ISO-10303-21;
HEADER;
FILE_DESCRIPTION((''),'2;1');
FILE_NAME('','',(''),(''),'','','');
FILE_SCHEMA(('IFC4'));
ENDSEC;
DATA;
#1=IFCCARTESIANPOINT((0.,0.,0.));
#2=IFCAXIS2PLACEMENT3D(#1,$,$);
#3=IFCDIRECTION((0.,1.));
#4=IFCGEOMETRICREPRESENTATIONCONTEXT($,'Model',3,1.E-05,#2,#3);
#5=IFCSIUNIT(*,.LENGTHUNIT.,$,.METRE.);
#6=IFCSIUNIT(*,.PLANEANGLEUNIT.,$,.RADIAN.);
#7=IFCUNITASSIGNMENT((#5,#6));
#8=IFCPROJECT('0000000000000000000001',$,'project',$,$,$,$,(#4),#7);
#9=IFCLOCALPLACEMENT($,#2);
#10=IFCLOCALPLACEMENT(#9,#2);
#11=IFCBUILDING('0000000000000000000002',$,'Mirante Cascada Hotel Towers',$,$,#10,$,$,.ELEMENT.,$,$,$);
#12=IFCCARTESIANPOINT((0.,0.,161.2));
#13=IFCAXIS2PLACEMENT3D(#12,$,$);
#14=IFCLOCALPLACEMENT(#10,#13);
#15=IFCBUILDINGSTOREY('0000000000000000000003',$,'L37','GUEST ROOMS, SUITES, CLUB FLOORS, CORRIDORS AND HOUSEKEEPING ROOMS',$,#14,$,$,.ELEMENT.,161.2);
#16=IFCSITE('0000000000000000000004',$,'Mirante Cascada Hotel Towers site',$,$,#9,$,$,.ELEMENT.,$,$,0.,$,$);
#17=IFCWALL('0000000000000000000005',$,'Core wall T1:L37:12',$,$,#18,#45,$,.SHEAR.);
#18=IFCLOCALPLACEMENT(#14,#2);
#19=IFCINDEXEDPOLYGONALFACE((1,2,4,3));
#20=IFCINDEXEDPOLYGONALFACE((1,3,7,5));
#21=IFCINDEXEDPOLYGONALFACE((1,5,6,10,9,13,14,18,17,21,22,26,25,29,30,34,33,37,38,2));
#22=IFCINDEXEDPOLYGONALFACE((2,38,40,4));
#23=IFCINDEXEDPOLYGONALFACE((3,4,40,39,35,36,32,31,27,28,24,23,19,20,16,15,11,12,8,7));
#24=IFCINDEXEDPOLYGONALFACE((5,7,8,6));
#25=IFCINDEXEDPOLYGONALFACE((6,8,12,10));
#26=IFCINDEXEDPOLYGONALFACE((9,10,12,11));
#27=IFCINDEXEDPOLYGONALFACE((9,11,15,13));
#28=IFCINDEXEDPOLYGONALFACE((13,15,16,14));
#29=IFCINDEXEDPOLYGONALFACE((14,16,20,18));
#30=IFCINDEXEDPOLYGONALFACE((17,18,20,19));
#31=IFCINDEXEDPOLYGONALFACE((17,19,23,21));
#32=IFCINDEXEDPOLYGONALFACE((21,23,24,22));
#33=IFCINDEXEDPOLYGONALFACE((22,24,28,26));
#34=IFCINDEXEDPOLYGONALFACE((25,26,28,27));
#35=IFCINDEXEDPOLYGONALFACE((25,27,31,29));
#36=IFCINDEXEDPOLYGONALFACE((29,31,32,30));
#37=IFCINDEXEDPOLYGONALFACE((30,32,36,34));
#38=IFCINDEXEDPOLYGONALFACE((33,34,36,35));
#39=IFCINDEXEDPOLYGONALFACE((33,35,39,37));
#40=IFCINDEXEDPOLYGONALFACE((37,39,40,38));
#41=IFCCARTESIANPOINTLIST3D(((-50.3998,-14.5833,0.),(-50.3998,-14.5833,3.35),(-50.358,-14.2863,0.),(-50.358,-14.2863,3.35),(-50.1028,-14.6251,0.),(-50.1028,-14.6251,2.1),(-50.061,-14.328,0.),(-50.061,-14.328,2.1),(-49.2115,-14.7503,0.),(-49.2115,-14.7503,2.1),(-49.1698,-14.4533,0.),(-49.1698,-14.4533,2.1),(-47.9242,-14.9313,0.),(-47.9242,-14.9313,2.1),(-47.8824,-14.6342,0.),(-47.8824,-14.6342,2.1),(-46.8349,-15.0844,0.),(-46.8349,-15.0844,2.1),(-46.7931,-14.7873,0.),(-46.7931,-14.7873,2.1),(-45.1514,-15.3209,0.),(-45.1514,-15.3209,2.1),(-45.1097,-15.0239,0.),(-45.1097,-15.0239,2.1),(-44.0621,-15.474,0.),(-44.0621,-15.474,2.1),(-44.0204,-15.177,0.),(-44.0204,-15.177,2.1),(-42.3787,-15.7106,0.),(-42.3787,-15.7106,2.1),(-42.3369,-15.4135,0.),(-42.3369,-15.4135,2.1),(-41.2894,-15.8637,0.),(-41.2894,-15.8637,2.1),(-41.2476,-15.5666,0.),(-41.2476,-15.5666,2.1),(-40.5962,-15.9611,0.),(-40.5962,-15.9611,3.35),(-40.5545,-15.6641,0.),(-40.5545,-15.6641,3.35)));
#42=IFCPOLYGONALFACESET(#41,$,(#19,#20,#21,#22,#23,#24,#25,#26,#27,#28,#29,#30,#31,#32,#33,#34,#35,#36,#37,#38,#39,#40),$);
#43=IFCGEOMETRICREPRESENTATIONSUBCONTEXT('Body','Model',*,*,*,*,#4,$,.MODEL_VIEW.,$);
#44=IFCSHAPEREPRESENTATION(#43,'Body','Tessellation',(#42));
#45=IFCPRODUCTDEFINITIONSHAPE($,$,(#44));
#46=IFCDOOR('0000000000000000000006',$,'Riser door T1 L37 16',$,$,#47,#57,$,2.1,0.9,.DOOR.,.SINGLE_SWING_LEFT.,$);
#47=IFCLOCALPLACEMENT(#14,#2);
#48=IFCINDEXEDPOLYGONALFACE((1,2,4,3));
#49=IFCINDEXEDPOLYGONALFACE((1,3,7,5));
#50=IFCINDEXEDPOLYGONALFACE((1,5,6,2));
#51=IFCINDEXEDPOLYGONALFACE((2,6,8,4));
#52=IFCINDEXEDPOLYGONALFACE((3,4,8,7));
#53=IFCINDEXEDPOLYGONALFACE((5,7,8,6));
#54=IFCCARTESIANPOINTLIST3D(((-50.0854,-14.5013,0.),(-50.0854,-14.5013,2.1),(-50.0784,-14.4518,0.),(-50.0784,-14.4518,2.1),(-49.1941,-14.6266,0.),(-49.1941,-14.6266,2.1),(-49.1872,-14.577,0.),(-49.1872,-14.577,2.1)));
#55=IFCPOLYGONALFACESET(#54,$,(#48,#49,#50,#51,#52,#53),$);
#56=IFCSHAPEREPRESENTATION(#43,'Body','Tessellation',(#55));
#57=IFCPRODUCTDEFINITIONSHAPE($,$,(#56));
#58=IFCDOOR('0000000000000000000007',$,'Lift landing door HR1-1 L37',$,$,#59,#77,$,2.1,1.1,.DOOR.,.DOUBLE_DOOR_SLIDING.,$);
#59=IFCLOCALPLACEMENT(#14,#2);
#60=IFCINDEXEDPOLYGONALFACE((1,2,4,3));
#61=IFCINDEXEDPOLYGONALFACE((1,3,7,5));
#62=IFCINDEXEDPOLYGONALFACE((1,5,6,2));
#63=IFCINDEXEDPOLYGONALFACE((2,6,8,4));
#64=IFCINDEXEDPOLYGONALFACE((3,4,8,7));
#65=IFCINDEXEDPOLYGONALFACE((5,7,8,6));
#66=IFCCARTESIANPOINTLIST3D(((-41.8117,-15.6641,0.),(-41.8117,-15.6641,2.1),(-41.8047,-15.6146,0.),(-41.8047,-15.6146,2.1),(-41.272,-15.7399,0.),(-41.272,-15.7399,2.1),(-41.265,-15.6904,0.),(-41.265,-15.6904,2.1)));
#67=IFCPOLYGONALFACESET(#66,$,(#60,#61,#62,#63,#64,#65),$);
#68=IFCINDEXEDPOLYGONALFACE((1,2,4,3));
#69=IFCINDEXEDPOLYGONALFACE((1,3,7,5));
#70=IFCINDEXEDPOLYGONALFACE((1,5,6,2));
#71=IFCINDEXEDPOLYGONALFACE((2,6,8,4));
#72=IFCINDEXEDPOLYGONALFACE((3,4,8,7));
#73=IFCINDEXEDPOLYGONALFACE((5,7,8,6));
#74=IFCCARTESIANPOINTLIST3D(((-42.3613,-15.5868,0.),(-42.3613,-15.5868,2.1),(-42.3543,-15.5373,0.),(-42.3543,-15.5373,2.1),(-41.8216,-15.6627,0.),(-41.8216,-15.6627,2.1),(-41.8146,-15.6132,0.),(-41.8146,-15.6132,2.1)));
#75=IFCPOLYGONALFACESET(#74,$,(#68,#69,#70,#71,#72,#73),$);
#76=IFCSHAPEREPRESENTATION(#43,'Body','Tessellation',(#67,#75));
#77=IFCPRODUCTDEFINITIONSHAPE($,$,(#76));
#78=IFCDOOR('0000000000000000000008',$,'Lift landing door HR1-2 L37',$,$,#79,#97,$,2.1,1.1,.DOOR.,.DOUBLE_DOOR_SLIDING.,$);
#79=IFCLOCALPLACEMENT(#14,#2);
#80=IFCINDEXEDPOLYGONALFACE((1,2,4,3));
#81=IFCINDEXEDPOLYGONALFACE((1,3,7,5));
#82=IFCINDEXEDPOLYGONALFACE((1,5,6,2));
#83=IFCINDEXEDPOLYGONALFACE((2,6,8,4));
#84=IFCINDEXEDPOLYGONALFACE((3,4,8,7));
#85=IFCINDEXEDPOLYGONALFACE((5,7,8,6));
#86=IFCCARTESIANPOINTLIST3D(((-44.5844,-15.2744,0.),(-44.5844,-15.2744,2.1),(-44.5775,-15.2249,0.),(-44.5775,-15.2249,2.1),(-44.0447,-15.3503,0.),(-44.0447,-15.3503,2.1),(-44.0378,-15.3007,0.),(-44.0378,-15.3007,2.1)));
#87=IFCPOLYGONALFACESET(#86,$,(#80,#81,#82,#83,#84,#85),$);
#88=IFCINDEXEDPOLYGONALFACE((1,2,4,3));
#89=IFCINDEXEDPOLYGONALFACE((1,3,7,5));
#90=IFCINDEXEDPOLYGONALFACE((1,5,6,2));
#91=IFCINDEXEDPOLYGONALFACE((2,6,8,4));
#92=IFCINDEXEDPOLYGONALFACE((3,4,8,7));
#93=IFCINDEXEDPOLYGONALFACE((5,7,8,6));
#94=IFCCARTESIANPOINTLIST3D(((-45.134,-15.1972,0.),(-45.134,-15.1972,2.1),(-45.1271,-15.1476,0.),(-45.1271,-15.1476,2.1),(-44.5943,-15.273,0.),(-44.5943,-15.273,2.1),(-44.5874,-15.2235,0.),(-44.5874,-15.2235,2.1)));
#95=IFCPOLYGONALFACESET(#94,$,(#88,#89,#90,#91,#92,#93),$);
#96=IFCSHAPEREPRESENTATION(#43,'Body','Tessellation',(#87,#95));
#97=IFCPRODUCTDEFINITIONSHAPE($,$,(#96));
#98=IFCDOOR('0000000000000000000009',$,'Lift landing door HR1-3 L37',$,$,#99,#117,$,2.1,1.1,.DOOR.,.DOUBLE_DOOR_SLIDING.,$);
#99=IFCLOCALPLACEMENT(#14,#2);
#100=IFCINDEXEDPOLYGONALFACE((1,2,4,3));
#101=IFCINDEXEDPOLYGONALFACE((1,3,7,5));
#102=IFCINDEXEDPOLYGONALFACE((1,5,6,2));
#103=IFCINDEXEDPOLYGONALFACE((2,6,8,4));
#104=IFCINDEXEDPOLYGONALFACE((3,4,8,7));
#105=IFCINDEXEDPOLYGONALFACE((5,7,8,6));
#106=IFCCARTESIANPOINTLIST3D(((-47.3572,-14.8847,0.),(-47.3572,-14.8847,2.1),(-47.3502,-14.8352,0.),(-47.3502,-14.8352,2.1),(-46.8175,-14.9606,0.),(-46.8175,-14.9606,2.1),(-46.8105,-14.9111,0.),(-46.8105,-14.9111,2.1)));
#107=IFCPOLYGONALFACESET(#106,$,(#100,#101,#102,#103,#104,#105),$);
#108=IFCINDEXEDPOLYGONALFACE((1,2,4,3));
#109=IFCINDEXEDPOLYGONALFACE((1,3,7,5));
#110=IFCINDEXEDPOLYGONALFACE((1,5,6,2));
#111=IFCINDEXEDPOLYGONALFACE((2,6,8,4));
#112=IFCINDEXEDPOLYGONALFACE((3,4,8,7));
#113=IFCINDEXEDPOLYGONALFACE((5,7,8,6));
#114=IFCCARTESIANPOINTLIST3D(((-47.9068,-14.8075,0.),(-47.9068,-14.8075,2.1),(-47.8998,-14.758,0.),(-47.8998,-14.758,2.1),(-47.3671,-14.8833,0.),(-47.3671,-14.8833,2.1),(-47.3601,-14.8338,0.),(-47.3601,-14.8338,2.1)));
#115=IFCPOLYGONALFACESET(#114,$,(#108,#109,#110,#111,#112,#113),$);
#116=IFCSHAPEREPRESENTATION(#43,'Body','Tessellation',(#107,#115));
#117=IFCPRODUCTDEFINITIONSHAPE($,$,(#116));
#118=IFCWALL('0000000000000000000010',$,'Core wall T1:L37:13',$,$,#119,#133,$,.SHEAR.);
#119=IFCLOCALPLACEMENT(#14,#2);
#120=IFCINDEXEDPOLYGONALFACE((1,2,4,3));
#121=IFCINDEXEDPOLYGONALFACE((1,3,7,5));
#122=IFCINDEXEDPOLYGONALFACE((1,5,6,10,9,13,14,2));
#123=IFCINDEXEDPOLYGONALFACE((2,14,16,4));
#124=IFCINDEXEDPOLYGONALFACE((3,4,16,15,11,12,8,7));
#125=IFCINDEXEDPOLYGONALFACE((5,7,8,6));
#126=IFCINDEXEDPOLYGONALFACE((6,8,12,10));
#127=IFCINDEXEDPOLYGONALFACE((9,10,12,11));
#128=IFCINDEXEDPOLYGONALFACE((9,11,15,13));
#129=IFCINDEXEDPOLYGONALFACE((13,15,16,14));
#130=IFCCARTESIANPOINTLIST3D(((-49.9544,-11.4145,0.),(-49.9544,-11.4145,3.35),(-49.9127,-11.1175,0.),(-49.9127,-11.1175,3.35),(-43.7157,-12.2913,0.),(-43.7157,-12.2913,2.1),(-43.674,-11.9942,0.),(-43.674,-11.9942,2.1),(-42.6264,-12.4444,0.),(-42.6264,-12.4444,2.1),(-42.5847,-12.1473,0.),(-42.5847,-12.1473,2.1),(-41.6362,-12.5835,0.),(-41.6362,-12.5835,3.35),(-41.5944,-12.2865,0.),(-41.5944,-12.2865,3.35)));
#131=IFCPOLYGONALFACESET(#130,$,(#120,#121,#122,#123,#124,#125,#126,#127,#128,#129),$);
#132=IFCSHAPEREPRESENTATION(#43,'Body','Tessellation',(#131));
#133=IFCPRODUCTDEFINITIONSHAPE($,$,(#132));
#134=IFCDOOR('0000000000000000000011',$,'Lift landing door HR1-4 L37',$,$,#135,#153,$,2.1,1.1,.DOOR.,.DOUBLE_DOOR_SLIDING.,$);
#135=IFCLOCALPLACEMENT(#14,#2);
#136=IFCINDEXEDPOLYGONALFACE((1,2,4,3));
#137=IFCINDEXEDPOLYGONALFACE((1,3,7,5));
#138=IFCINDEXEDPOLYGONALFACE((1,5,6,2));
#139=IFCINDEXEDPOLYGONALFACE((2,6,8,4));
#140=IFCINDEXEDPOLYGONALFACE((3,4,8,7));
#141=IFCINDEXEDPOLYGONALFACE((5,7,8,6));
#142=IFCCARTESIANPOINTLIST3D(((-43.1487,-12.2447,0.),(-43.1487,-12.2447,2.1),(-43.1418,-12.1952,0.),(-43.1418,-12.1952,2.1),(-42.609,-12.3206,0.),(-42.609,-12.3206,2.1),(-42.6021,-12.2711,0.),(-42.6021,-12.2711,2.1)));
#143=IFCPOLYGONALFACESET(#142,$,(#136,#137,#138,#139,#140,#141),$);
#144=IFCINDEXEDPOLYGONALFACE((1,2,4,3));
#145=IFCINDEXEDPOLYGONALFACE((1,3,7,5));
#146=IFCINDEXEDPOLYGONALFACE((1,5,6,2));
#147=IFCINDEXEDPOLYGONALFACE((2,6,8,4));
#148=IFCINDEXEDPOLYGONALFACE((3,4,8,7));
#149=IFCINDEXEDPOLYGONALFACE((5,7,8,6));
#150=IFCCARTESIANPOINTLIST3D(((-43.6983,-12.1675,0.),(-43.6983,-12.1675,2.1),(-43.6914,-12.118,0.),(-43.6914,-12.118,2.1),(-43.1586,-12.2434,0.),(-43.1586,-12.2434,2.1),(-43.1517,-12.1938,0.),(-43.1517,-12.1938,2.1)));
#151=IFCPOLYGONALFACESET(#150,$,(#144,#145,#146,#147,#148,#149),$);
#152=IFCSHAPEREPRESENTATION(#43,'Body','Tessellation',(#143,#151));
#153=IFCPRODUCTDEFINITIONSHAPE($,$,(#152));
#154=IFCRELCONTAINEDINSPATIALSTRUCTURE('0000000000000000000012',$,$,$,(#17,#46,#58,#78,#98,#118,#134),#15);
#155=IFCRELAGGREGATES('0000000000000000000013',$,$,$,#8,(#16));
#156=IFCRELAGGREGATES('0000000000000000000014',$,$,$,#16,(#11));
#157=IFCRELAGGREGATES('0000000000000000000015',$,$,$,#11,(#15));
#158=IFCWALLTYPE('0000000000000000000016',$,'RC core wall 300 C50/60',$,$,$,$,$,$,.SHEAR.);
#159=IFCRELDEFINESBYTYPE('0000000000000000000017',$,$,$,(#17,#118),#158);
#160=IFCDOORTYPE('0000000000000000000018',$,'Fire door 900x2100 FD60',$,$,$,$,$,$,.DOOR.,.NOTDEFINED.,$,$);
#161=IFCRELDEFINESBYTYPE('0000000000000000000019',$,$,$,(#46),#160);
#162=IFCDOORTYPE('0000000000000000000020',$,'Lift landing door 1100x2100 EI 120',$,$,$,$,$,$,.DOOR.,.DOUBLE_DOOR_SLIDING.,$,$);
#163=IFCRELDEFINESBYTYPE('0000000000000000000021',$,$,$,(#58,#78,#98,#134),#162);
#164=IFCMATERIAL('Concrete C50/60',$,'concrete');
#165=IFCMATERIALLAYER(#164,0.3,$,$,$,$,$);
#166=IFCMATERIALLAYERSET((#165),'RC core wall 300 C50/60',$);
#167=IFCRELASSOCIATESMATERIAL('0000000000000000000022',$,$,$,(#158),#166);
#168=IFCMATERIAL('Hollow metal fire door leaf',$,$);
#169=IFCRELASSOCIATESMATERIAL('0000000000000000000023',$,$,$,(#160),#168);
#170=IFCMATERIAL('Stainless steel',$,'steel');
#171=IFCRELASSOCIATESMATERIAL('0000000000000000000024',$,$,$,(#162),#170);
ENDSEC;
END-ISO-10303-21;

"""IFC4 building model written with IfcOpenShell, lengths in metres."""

from ifc_helpers import new_model, si_unit, direction, frame, frame_2d, origin, place, context, subcontext, project, spatial, rectangle, extrude, material, layer, layer_set, type_object, element, fill, save


model = new_model("IFC4")

# Units and contexts
model_context = context("Model", 3, precision=1e-05, world=origin(), true_north=direction((0.0, 1.0)))
body_context = subcontext(model_context, "Body", "Model", "MODEL_VIEW")
ifc_project = project(units=[si_unit("LENGTHUNIT", "METRE"), si_unit("PLANEANGLEUNIT", "RADIAN")], contexts=[model_context])

# Site, building, storey
site_placement = place(None, origin())
site = spatial("IfcSite", under=ifc_project, at=site_placement, Name="Mirante Cascada Hotel Towers site", CompositionType="ELEMENT", RefElevation=0.0)
building_placement = place(site_placement, origin())
building = spatial("IfcBuilding", under=site, at=building_placement, Name="Mirante Cascada Hotel Towers", CompositionType="ELEMENT")
storey_placement = place(building_placement, frame((0.0, 0.0, 161.2)))
storey = spatial("IfcBuildingStorey", under=building, at=storey_placement, Name="L37", Description="GUEST ROOMS, SUITES, CLUB FLOORS, CORRIDORS AND HOUSEKEEPING ROOMS", CompositionType="ELEMENT", Elevation=161.2)

# Shared definitions
ifc_material_1 = material(Name="Concrete C50/60", Category="concrete")
ifc_layer_1 = layer(ifc_material_1, 0.3)
ifc_layer_set_1 = layer_set([ifc_layer_1], Name="RC core wall 300 C50/60")
wall_type_1 = type_object("IfcWallType", Name="RC core wall 300 C50/60", PredefinedType="SHEAR", material=ifc_layer_set_1)

# Wall, openings, doors
wall_1_placement = place(storey_placement, frame((-40.5753, -15.8126, 0.0), z_axis=(0.0, 0.0, 1.0), x_axis=(-0.990268, 0.139173, 0.0)))
wall_1 = element("IfcWall", 1, at=wall_1_placement, inside=storey, type_object=wall_type_1, Name="Core wall T1:L37:12", PredefinedType="SHEAR", context=body_context, shape_type="SweptSolid", body=[
    extrude(rectangle(XDim=9.8999, YDim=0.3, at=frame_2d((4.95, 0.0))), origin(), (0.0, 0.0, 1.0), 3.35),
])
opening_1_placement = place(wall_1_placement, frame((0.7, 0.0, 0.0)))
opening_1 = element("IfcOpeningElement", 2, at=opening_1_placement, cuts=wall_1, PredefinedType="OPENING", context=body_context, shape_type="SweptSolid", body=[
    extrude(rectangle(XDim=1.1, YDim=2.1, at=frame_2d((0.55, 1.05))), frame((0.0, 0.15, 0.0), z_axis=(0.0, -1.0, 0.0), x_axis=(1.0, 0.0, 0.0)), (0.0, 0.0, 1.0), 0.3),
])
opening_2_placement = place(wall_1_placement, frame((3.5, 0.0, 0.0)))
opening_2 = element("IfcOpeningElement", 3, at=opening_2_placement, cuts=wall_1, PredefinedType="OPENING", context=body_context, shape_type="SweptSolid", body=[
    extrude(rectangle(XDim=1.1, YDim=2.1, at=frame_2d((0.55, 1.05))), frame((0.0, 0.15, 0.0), z_axis=(0.0, -1.0, 0.0), x_axis=(1.0, 0.0, 0.0)), (0.0, 0.0, 1.0), 0.3),
])
opening_3_placement = place(wall_1_placement, frame((6.3, 0.0, 0.0)))
opening_3 = element("IfcOpeningElement", 4, at=opening_3_placement, cuts=wall_1, PredefinedType="OPENING", context=body_context, shape_type="SweptSolid", body=[
    extrude(rectangle(XDim=1.1, YDim=2.1, at=frame_2d((0.55, 1.05))), frame((0.0, 0.15, 0.0), z_axis=(0.0, -1.0, 0.0), x_axis=(1.0, 0.0, 0.0)), (0.0, 0.0, 1.0), 0.3),
])
opening_4_placement = place(wall_1_placement, frame((8.7, 0.0, 0.0)))
opening_4 = element("IfcOpeningElement", 5, at=opening_4_placement, cuts=wall_1, PredefinedType="OPENING", context=body_context, shape_type="SweptSolid", body=[
    extrude(rectangle(XDim=0.9, YDim=2.1, at=frame_2d((0.45, 1.05))), frame((0.0, 0.15, 0.0), z_axis=(0.0, -1.0, 0.0), x_axis=(1.0, 0.0, 0.0)), (0.0, 0.0, 1.0), 0.3),
])
ifc_material_2 = material(Name="Hollow metal fire door leaf")
door_type_1 = type_object("IfcDoorType", Name="Fire door 900x2100 FD60", OperationType="NOTDEFINED", PredefinedType="DOOR", material=ifc_material_2)
door_1_placement = place(opening_4_placement, origin())
door_1 = element("IfcDoor", 6, at=door_1_placement, inside=storey, type_object=door_type_1, Name="Riser door T1 L37 16", OperationType="SINGLE_SWING_LEFT", OverallHeight=2.1, OverallWidth=0.9, PredefinedType="DOOR", context=body_context, shape_type="SweptSolid", body=[
    extrude(rectangle(XDim=0.9, YDim=2.1, at=frame_2d((0.45, 1.05))), frame((0.0, 0.025, 0.0), z_axis=(0.0, -1.0, 0.0), x_axis=(1.0, 0.0, 0.0)), (0.0, 0.0, 1.0), 0.05),
])
fill(opening_4, door_1)
ifc_material_3 = material(Name="Stainless steel", Category="steel")
door_type_2 = type_object("IfcDoorType", Name="Lift landing door 1100x2100 EI 120", OperationType="DOUBLE_DOOR_SLIDING", PredefinedType="DOOR", material=ifc_material_3)
door_2_placement = place(opening_1_placement, origin())
door_2 = element("IfcDoor", 7, at=door_2_placement, inside=storey, type_object=door_type_2, Name="Lift landing door HR1-1 L37", OperationType="DOUBLE_DOOR_SLIDING", OverallHeight=2.1, OverallWidth=1.1, PredefinedType="DOOR", context=body_context, shape_type="SweptSolid", body=[
    extrude(rectangle(XDim=0.545, YDim=2.1, at=frame_2d((0.2725, 1.05))), frame((0.0, 0.025, 0.0), z_axis=(0.0, -1.0, 0.0), x_axis=(1.0, 0.0, 0.0)), (0.0, 0.0, 1.0), 0.05),
    extrude(rectangle(XDim=0.545, YDim=2.1, at=frame_2d((0.8275, 1.05))), frame((0.0, 0.025, 0.0), z_axis=(0.0, -1.0, 0.0), x_axis=(1.0, 0.0, 0.0)), (0.0, 0.0, 1.0), 0.05),
])
fill(opening_1, door_2)
door_3_placement = place(opening_2_placement, origin())
door_3 = element("IfcDoor", 8, at=door_3_placement, inside=storey, type_object=door_type_2, Name="Lift landing door HR1-2 L37", OperationType="DOUBLE_DOOR_SLIDING", OverallHeight=2.1, OverallWidth=1.1, PredefinedType="DOOR", context=body_context, shape_type="SweptSolid", body=[
    extrude(rectangle(XDim=0.545, YDim=2.1, at=frame_2d((0.2725, 1.05))), frame((0.0, 0.025, 0.0), z_axis=(0.0, -1.0, 0.0), x_axis=(1.0, 0.0, 0.0)), (0.0, 0.0, 1.0), 0.05),
    extrude(rectangle(XDim=0.545, YDim=2.1, at=frame_2d((0.8275, 1.05))), frame((0.0, 0.025, 0.0), z_axis=(0.0, -1.0, 0.0), x_axis=(1.0, 0.0, 0.0)), (0.0, 0.0, 1.0), 0.05),
])
fill(opening_2, door_3)
door_4_placement = place(opening_3_placement, origin())
door_4 = element("IfcDoor", 9, at=door_4_placement, inside=storey, type_object=door_type_2, Name="Lift landing door HR1-3 L37", OperationType="DOUBLE_DOOR_SLIDING", OverallHeight=2.1, OverallWidth=1.1, PredefinedType="DOOR", context=body_context, shape_type="SweptSolid", body=[
    extrude(rectangle(XDim=0.545, YDim=2.1, at=frame_2d((0.2725, 1.05))), frame((0.0, 0.025, 0.0), z_axis=(0.0, -1.0, 0.0), x_axis=(1.0, 0.0, 0.0)), (0.0, 0.0, 1.0), 0.05),
    extrude(rectangle(XDim=0.545, YDim=2.1, at=frame_2d((0.8275, 1.05))), frame((0.0, 0.025, 0.0), z_axis=(0.0, -1.0, 0.0), x_axis=(1.0, 0.0, 0.0)), (0.0, 0.0, 1.0), 0.05),
])
fill(opening_3, door_4)

# Wall, opening, door
wall_2_placement = place(storey_placement, frame((-41.6153, -12.435, 0.0), z_axis=(0.0, 0.0, 1.0), x_axis=(-0.990269, 0.139166, 0.0)))
wall_2 = element("IfcWall", 10, at=wall_2_placement, inside=storey, type_object=wall_type_1, Name="Core wall T1:L37:13", PredefinedType="SHEAR", context=body_context, shape_type="SweptSolid", body=[
    extrude(rectangle(XDim=8.4, YDim=0.3, at=frame_2d((4.2, 0.0))), origin(), (0.0, 0.0, 1.0), 3.35),
])
opening_5_placement = place(wall_2_placement, frame((1.0, 0.0, 0.0)))
opening_5 = element("IfcOpeningElement", 11, at=opening_5_placement, cuts=wall_2, PredefinedType="OPENING", context=body_context, shape_type="SweptSolid", body=[
    extrude(rectangle(XDim=1.1, YDim=2.1, at=frame_2d((0.55, 1.05))), frame((0.0, 0.15, 0.0), z_axis=(0.0, -1.0, 0.0), x_axis=(1.0, 0.0, 0.0)), (0.0, 0.0, 1.0), 0.3),
])
door_5_placement = place(opening_5_placement, origin())
door_5 = element("IfcDoor", 12, at=door_5_placement, inside=storey, type_object=door_type_2, Name="Lift landing door HR1-4 L37", OperationType="DOUBLE_DOOR_SLIDING", OverallHeight=2.1, OverallWidth=1.1, PredefinedType="DOOR", context=body_context, shape_type="SweptSolid", body=[
    extrude(rectangle(XDim=0.545, YDim=2.1, at=frame_2d((0.2725, 1.05))), frame((0.0, 0.025, 0.0), z_axis=(0.0, -1.0, 0.0), x_axis=(1.0, 0.0, 0.0)), (0.0, 0.0, 1.0), 0.05),
    extrude(rectangle(XDim=0.545, YDim=2.1, at=frame_2d((0.8275, 1.05))), frame((0.0, 0.025, 0.0), z_axis=(0.0, -1.0, 0.0), x_axis=(1.0, 0.0, 0.0)), (0.0, 0.0, 1.0), 0.05),
])
fill(opening_5, door_5)

save(model, "model.ifc")
